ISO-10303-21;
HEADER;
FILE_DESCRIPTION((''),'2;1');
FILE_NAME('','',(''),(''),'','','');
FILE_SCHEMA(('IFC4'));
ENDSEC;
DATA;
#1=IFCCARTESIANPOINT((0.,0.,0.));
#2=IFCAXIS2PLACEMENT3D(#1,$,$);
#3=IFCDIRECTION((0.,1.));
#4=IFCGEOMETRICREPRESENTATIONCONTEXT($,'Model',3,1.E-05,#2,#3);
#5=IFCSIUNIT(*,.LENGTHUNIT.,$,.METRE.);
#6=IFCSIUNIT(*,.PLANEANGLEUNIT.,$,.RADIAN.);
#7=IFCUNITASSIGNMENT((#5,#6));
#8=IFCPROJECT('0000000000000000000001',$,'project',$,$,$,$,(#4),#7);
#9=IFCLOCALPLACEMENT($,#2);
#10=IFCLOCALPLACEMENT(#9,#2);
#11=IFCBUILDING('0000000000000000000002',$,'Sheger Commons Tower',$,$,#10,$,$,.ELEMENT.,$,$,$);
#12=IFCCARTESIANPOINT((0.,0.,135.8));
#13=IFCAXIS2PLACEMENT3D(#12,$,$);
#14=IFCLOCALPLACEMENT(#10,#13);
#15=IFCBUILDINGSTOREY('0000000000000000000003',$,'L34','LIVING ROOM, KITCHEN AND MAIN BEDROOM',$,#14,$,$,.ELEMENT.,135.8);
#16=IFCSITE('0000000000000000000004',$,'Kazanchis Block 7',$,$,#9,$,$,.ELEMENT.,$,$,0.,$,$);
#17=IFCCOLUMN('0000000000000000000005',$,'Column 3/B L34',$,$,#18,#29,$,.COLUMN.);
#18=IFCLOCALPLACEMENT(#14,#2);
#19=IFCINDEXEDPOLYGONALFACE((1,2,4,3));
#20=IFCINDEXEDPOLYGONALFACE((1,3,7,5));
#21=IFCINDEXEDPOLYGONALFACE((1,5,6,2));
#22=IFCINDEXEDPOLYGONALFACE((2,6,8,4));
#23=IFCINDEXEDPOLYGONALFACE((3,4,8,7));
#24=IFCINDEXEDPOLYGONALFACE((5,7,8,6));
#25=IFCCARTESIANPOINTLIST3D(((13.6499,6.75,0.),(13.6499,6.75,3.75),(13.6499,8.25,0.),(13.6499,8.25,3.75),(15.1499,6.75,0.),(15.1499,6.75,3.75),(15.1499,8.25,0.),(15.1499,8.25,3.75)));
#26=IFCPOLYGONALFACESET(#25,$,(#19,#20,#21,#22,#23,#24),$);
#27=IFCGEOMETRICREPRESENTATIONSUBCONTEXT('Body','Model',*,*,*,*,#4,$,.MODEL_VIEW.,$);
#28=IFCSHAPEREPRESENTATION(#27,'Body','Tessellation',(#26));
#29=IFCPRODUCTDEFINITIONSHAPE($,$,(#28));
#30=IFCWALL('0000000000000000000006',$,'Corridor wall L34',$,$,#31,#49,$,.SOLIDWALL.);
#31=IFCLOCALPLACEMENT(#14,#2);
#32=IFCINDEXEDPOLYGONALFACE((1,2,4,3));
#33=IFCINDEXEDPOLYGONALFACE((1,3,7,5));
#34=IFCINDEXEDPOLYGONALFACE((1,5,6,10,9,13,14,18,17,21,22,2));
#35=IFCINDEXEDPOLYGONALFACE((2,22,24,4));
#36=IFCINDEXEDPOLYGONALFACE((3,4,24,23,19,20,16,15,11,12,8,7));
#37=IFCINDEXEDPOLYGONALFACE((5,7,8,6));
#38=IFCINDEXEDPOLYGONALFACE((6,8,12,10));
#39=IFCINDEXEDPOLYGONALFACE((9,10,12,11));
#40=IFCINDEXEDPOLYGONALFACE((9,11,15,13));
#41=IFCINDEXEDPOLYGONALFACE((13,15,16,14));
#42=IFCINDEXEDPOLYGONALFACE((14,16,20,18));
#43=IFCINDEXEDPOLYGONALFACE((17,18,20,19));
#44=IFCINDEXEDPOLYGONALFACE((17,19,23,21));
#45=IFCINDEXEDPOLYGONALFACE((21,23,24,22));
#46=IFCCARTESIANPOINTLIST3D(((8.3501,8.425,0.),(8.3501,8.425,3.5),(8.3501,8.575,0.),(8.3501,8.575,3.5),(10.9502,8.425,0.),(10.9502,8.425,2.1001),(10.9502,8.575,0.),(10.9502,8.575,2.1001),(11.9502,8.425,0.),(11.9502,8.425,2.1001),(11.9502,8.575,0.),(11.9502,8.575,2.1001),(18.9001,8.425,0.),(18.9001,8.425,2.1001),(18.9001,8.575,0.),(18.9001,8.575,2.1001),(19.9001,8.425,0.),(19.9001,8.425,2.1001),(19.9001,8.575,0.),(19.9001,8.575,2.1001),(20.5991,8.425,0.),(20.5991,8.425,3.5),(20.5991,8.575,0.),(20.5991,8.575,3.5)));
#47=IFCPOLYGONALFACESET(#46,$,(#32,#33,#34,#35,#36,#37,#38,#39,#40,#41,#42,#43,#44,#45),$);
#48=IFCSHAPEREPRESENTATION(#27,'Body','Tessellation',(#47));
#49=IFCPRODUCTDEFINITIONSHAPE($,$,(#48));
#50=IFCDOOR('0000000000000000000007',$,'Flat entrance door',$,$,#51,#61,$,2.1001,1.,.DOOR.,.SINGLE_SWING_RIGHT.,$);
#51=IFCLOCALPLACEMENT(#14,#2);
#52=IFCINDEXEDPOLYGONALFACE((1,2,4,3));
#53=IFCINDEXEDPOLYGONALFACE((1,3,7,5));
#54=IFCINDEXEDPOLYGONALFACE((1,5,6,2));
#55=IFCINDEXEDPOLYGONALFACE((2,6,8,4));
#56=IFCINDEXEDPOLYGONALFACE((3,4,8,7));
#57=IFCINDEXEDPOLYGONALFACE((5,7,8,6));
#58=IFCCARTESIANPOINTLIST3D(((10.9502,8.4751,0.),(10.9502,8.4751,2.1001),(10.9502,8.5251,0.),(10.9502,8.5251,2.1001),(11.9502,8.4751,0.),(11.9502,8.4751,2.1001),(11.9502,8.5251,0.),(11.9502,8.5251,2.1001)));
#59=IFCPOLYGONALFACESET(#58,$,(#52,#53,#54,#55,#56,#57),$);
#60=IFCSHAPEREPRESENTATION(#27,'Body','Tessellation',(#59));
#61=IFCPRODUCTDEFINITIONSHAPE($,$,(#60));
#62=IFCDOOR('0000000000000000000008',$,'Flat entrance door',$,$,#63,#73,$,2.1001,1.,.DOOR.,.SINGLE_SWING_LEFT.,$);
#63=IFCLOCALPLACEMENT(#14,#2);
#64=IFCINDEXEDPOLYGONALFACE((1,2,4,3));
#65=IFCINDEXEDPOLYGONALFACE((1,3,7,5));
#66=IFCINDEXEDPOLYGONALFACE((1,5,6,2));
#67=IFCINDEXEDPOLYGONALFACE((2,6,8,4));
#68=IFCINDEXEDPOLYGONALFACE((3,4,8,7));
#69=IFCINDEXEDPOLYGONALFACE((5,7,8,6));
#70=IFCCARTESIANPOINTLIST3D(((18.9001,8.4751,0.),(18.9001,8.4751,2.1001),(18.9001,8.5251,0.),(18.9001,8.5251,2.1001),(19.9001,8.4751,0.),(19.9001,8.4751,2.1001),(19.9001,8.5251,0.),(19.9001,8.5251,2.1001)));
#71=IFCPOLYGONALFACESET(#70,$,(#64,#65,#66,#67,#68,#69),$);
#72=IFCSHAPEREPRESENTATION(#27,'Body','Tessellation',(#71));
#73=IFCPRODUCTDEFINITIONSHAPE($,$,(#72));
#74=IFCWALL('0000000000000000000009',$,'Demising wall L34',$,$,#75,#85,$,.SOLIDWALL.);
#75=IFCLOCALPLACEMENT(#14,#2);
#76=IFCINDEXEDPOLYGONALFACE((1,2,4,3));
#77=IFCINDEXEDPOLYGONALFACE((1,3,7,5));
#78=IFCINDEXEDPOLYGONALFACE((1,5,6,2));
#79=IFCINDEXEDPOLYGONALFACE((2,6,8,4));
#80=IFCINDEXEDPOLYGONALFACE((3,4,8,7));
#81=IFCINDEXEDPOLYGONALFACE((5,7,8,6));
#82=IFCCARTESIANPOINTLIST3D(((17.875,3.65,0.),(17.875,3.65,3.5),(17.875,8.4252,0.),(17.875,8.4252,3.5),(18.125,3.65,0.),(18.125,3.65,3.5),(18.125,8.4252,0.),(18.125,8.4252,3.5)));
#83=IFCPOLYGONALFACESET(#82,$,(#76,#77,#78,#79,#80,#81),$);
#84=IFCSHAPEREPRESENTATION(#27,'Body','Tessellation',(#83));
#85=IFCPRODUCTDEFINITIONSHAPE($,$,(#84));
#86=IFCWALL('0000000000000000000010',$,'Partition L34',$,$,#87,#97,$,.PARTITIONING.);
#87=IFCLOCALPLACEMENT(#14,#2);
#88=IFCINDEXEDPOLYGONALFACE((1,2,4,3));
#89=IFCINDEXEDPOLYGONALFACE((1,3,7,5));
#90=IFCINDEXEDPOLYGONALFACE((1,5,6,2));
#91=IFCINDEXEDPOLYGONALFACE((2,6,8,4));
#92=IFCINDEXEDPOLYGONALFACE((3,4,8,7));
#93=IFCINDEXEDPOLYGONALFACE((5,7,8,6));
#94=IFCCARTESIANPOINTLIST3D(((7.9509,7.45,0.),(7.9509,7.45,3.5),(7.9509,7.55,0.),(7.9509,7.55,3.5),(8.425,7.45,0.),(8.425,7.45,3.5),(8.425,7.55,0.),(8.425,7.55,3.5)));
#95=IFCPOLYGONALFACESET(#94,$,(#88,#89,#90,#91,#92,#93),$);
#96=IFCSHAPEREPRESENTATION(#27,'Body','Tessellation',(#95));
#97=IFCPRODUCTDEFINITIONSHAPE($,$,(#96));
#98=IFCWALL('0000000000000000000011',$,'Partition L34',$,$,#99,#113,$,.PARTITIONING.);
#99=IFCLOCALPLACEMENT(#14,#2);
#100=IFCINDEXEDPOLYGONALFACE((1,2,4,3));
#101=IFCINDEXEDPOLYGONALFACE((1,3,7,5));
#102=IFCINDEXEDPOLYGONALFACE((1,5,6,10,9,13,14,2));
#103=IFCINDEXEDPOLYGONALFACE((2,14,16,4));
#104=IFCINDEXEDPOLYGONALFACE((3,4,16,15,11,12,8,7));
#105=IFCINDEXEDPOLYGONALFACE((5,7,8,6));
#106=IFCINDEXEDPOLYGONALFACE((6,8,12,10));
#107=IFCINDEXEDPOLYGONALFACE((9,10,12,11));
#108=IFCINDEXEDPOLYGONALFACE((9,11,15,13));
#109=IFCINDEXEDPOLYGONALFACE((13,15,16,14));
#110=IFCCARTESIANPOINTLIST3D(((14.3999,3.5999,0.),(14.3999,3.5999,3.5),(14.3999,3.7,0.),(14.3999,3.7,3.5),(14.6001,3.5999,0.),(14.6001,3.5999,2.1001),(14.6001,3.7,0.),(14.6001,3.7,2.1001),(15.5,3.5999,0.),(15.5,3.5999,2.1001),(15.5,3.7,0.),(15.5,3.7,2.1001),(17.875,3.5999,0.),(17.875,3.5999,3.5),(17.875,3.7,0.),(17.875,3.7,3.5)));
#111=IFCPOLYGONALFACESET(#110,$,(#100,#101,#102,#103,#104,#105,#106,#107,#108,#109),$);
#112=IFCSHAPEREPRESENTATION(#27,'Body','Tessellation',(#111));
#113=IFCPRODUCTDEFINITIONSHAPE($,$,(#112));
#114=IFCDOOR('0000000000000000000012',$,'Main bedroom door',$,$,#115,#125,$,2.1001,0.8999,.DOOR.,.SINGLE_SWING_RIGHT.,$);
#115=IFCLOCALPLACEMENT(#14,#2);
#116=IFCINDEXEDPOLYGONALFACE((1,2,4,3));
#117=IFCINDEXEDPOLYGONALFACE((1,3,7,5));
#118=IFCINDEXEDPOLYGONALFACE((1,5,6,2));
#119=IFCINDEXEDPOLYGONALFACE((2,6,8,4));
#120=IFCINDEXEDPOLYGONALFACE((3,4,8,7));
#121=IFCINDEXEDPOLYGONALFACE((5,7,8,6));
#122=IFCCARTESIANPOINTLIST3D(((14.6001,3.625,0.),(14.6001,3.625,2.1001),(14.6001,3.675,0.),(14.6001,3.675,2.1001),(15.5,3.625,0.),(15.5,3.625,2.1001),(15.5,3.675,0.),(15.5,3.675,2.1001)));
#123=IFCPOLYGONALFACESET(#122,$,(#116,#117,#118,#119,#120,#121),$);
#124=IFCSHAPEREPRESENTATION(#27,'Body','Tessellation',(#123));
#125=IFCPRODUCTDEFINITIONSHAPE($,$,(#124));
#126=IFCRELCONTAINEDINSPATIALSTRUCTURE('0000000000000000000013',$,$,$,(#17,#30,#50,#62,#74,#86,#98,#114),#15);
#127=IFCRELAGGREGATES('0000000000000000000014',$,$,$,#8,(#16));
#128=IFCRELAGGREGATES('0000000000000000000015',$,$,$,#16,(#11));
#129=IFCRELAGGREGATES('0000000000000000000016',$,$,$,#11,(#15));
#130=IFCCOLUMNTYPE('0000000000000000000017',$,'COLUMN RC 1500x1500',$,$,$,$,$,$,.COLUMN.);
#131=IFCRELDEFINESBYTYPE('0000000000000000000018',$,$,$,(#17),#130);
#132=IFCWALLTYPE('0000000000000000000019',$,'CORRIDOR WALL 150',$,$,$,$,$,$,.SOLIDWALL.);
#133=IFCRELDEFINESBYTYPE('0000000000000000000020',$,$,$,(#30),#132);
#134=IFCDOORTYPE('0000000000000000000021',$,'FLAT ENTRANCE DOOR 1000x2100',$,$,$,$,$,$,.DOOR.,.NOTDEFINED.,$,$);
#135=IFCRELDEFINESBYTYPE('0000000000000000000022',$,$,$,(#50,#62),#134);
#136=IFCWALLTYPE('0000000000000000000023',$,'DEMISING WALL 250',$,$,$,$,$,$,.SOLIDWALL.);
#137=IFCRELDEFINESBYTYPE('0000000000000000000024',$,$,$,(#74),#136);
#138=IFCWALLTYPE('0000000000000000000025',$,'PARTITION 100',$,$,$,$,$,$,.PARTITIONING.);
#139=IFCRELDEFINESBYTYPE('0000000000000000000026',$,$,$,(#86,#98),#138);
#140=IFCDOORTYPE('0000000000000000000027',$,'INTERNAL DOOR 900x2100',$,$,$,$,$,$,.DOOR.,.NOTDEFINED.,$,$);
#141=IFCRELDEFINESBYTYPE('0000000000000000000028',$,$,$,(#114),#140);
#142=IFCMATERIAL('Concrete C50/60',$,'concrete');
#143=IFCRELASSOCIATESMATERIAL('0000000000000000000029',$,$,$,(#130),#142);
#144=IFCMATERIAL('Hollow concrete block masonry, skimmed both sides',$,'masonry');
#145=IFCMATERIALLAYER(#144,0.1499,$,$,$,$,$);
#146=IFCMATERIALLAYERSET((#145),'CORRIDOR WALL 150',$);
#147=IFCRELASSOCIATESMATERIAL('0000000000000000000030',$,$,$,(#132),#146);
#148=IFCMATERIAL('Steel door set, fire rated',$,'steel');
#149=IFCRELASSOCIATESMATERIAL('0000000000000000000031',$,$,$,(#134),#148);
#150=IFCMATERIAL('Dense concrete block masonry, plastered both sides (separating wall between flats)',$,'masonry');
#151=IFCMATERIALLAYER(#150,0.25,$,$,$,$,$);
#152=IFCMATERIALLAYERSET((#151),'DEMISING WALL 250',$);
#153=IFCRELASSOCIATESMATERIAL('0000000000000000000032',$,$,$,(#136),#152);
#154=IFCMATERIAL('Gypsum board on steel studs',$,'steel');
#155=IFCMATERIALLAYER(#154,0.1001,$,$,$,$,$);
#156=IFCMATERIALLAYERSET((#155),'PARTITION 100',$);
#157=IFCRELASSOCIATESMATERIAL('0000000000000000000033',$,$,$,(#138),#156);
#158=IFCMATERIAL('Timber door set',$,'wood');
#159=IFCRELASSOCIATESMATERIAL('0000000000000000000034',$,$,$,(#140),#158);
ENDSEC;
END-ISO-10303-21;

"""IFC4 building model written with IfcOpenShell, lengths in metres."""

from ifc_helpers import new_model, si_unit, direction, frame, frame_2d, origin, origin_2d, place, context, subcontext, project, spatial, rectangle, extrude, material, layer, layer_set, material_profile, profile_set, type_object, element, fill, save


model = new_model("IFC4")

# Units and contexts
model_context = context("Model", 3, precision=1e-05, world=origin(), true_north=direction((0.0, 1.0)))
body_context = subcontext(model_context, "Body", "Model", "MODEL_VIEW")
ifc_project = project(units=[si_unit("LENGTHUNIT", "METRE"), si_unit("PLANEANGLEUNIT", "RADIAN")], contexts=[model_context])

# Site, building, storey
site_placement = place(None, origin())
site = spatial("IfcSite", under=ifc_project, at=site_placement, Name="Kazanchis Block 7", CompositionType="ELEMENT", RefElevation=0.0)
building_placement = place(site_placement, origin())
building = spatial("IfcBuilding", under=site, at=building_placement, Name="Sheger Commons Tower", CompositionType="ELEMENT")
storey_placement = place(building_placement, frame((0.0, 0.0, 135.8)))
storey = spatial("IfcBuildingStorey", under=building, at=storey_placement, Name="L34", Description="LIVING ROOM, KITCHEN AND MAIN BEDROOM", CompositionType="ELEMENT", Elevation=135.8)

# Column
ifc_material_1 = material(Name="Concrete C50/60", Category="concrete")
ifc_material_profile = material_profile(ifc_material_1, rectangle(XDim=1.5, YDim=1.5, at=origin_2d()), Name="RC 1500x1500")
ifc_profile_set = profile_set([ifc_material_profile], Name="Concrete C50/60")
column_type = type_object("IfcColumnType", Name="COLUMN RC 1500x1500", PredefinedType="COLUMN", material=ifc_profile_set)
column_placement = place(storey_placement, frame((14.3999, 7.5, 0.0), z_axis=(0.0, 0.0, 1.0), x_axis=(1.0, 0.0, 0.0)))
element("IfcColumn", 1, at=column_placement, inside=storey, type_object=column_type, Name="Column 3/B L34", PredefinedType="COLUMN", context=body_context, shape_type="SweptSolid", body=[
    extrude(rectangle(XDim=1.5, YDim=1.5, at=origin_2d()), origin(), (0.0, 0.0, 1.0), 3.75),
])

# Wall, openings, doors
ifc_material_2 = material(Name="Hollow concrete block masonry, skimmed both sides", Category="masonry")
ifc_layer_1 = layer(ifc_material_2, 0.1499)
ifc_layer_set_1 = layer_set([ifc_layer_1], Name="CORRIDOR WALL 150")
wall_type_1 = type_object("IfcWallType", Name="CORRIDOR WALL 150", PredefinedType="SOLIDWALL", material=ifc_layer_set_1)
wall_1_placement = place(storey_placement, frame((20.5991, 8.5, 0.0), z_axis=(0.0, 0.0, 1.0), x_axis=(-1.0, 0.0, 0.0)))
wall_1 = element("IfcWall", 2, at=wall_1_placement, inside=storey, type_object=wall_type_1, Name="Corridor wall L34", PredefinedType="SOLIDWALL", context=body_context, shape_type="SweptSolid", body=[
    extrude(rectangle(XDim=12.249, YDim=0.1499, at=frame_2d((6.1245, 0.0))), origin(), (0.0, 0.0, 1.0), 3.5),
])
opening_1_placement = place(wall_1_placement, frame((8.6489, 0.0, 0.0)))
opening_1 = element("IfcOpeningElement", 3, at=opening_1_placement, cuts=wall_1, PredefinedType="OPENING", context=body_context, shape_type="SweptSolid", body=[
    extrude(rectangle(XDim=1.0, YDim=2.1001, at=frame_2d((0.5, 1.05))), frame((0.0, 0.085, 0.0), z_axis=(0.0, -1.0, 0.0), x_axis=(1.0, 0.0, 0.0)), (0.0, 0.0, 1.0), 0.1699),
])
opening_2_placement = place(wall_1_placement, frame((0.699, 0.0, 0.0)))
opening_2 = element("IfcOpeningElement", 4, at=opening_2_placement, cuts=wall_1, PredefinedType="OPENING", context=body_context, shape_type="SweptSolid", body=[
    extrude(rectangle(XDim=1.0, YDim=2.1001, at=frame_2d((0.5, 1.05))), frame((0.0, 0.085, 0.0), z_axis=(0.0, -1.0, 0.0), x_axis=(1.0, 0.0, 0.0)), (0.0, 0.0, 1.0), 0.1699),
])
ifc_material_3 = material(Name="Steel door set, fire rated", Category="steel")
door_type_1 = type_object("IfcDoorType", Name="FLAT ENTRANCE DOOR 1000x2100", OperationType="NOTDEFINED", PredefinedType="DOOR", material=ifc_material_3)
door_1_placement = place(opening_1_placement, origin())
door_1 = element("IfcDoor", 5, at=door_1_placement, inside=storey, type_object=door_type_1, Name="Flat entrance door", OperationType="SINGLE_SWING_RIGHT", OverallHeight=2.1001, OverallWidth=1.0, PredefinedType="DOOR", context=body_context, shape_type="SweptSolid", body=[
    extrude(rectangle(XDim=1.0, YDim=2.1001, at=frame_2d((0.5, 1.05))), frame((0.0, 0.0249, 0.0), z_axis=(0.0, -1.0, 0.0), x_axis=(1.0, 0.0, 0.0)), (0.0, 0.0, 1.0), 0.05),
])
fill(opening_1, door_1)
door_2_placement = place(opening_2_placement, origin())
door_2 = element("IfcDoor", 6, at=door_2_placement, inside=storey, type_object=door_type_1, Name="Flat entrance door", OperationType="SINGLE_SWING_LEFT", OverallHeight=2.1001, OverallWidth=1.0, PredefinedType="DOOR", context=body_context, shape_type="SweptSolid", body=[
    extrude(rectangle(XDim=1.0, YDim=2.1001, at=frame_2d((0.5, 1.05))), frame((0.0, 0.0249, 0.0), z_axis=(0.0, -1.0, 0.0), x_axis=(1.0, 0.0, 0.0)), (0.0, 0.0, 1.0), 0.05),
])
fill(opening_2, door_2)

# Walls
ifc_material_4 = material(Name="Dense concrete block masonry, plastered both sides (separating wall between flats)", Category="masonry")
ifc_layer_2 = layer(ifc_material_4, 0.25)
ifc_layer_set_2 = layer_set([ifc_layer_2], Name="DEMISING WALL 250")
wall_type_2 = type_object("IfcWallType", Name="DEMISING WALL 250", PredefinedType="SOLIDWALL", material=ifc_layer_set_2)
wall_2_placement = place(storey_placement, frame((18.0, 3.6499, 0.0), z_axis=(0.0, 0.0, 1.0), x_axis=(0.0, 1.0, 0.0)))
element("IfcWall", 7, at=wall_2_placement, inside=storey, type_object=wall_type_2, Name="Demising wall L34", PredefinedType="SOLIDWALL", context=body_context, shape_type="SweptSolid", body=[
    extrude(rectangle(XDim=4.7751, YDim=0.25, at=frame_2d((2.3877, 0.0))), origin(), (0.0, 0.0, 1.0), 3.5),
])
ifc_material_5 = material(Name="Gypsum board on steel studs", Category="steel")
ifc_layer_3 = layer(ifc_material_5, 0.1001)
ifc_layer_set_3 = layer_set([ifc_layer_3], Name="PARTITION 100")
wall_type_3 = type_object("IfcWallType", Name="PARTITION 100", PredefinedType="PARTITIONING", material=ifc_layer_set_3)
wall_3_placement = place(storey_placement, frame((7.9509, 7.5, 0.0), z_axis=(0.0, 0.0, 1.0), x_axis=(1.0, 0.0, 0.0)))
element("IfcWall", 8, at=wall_3_placement, inside=storey, type_object=wall_type_3, Name="Partition L34", PredefinedType="PARTITIONING", context=body_context, shape_type="SweptSolid", body=[
    extrude(rectangle(XDim=0.4741, YDim=0.1001, at=frame_2d((0.2371, 0.0))), origin(), (0.0, 0.0, 1.0), 3.5),
])

# Wall, opening, door
wall_4_placement = place(storey_placement, frame((17.875, 3.6499, 0.0), z_axis=(0.0, 0.0, 1.0), x_axis=(-1.0, 0.0, 0.0)))
wall_4 = element("IfcWall", 9, at=wall_4_placement, inside=storey, type_object=wall_type_3, Name="Partition L34", PredefinedType="PARTITIONING", context=body_context, shape_type="SweptSolid", body=[
    extrude(rectangle(XDim=3.4751, YDim=0.1001, at=frame_2d((1.7375, 0.0))), origin(), (0.0, 0.0, 1.0), 3.5),
])
opening_3_placement = place(wall_4_placement, frame((2.375, 0.0, 0.0)))
opening_3 = element("IfcOpeningElement", 10, at=opening_3_placement, cuts=wall_4, PredefinedType="OPENING", context=body_context, shape_type="SweptSolid", body=[
    extrude(rectangle(XDim=0.8999, YDim=2.1001, at=frame_2d((0.45, 1.05))), frame((0.0, 0.0601, 0.0), z_axis=(0.0, -1.0, 0.0), x_axis=(1.0, 0.0, 0.0)), (0.0, 0.0, 1.0), 0.1201),
])
ifc_material_6 = material(Name="Timber door set", Category="wood")
door_type_2 = type_object("IfcDoorType", Name="INTERNAL DOOR 900x2100", OperationType="NOTDEFINED", PredefinedType="DOOR", material=ifc_material_6)
door_3_placement = place(opening_3_placement, origin())
door_3 = element("IfcDoor", 11, at=door_3_placement, inside=storey, type_object=door_type_2, Name="Main bedroom door", OperationType="SINGLE_SWING_RIGHT", OverallHeight=2.1001, OverallWidth=0.8999, PredefinedType="DOOR", context=body_context, shape_type="SweptSolid", body=[
    extrude(rectangle(XDim=0.8999, YDim=2.1001, at=frame_2d((0.45, 1.05))), frame((0.0, 0.0249, 0.0), z_axis=(0.0, -1.0, 0.0), x_axis=(1.0, 0.0, 0.0)), (0.0, 0.0, 1.0), 0.05),
])
fill(opening_3, door_3)

save(model, "model.ifc")
